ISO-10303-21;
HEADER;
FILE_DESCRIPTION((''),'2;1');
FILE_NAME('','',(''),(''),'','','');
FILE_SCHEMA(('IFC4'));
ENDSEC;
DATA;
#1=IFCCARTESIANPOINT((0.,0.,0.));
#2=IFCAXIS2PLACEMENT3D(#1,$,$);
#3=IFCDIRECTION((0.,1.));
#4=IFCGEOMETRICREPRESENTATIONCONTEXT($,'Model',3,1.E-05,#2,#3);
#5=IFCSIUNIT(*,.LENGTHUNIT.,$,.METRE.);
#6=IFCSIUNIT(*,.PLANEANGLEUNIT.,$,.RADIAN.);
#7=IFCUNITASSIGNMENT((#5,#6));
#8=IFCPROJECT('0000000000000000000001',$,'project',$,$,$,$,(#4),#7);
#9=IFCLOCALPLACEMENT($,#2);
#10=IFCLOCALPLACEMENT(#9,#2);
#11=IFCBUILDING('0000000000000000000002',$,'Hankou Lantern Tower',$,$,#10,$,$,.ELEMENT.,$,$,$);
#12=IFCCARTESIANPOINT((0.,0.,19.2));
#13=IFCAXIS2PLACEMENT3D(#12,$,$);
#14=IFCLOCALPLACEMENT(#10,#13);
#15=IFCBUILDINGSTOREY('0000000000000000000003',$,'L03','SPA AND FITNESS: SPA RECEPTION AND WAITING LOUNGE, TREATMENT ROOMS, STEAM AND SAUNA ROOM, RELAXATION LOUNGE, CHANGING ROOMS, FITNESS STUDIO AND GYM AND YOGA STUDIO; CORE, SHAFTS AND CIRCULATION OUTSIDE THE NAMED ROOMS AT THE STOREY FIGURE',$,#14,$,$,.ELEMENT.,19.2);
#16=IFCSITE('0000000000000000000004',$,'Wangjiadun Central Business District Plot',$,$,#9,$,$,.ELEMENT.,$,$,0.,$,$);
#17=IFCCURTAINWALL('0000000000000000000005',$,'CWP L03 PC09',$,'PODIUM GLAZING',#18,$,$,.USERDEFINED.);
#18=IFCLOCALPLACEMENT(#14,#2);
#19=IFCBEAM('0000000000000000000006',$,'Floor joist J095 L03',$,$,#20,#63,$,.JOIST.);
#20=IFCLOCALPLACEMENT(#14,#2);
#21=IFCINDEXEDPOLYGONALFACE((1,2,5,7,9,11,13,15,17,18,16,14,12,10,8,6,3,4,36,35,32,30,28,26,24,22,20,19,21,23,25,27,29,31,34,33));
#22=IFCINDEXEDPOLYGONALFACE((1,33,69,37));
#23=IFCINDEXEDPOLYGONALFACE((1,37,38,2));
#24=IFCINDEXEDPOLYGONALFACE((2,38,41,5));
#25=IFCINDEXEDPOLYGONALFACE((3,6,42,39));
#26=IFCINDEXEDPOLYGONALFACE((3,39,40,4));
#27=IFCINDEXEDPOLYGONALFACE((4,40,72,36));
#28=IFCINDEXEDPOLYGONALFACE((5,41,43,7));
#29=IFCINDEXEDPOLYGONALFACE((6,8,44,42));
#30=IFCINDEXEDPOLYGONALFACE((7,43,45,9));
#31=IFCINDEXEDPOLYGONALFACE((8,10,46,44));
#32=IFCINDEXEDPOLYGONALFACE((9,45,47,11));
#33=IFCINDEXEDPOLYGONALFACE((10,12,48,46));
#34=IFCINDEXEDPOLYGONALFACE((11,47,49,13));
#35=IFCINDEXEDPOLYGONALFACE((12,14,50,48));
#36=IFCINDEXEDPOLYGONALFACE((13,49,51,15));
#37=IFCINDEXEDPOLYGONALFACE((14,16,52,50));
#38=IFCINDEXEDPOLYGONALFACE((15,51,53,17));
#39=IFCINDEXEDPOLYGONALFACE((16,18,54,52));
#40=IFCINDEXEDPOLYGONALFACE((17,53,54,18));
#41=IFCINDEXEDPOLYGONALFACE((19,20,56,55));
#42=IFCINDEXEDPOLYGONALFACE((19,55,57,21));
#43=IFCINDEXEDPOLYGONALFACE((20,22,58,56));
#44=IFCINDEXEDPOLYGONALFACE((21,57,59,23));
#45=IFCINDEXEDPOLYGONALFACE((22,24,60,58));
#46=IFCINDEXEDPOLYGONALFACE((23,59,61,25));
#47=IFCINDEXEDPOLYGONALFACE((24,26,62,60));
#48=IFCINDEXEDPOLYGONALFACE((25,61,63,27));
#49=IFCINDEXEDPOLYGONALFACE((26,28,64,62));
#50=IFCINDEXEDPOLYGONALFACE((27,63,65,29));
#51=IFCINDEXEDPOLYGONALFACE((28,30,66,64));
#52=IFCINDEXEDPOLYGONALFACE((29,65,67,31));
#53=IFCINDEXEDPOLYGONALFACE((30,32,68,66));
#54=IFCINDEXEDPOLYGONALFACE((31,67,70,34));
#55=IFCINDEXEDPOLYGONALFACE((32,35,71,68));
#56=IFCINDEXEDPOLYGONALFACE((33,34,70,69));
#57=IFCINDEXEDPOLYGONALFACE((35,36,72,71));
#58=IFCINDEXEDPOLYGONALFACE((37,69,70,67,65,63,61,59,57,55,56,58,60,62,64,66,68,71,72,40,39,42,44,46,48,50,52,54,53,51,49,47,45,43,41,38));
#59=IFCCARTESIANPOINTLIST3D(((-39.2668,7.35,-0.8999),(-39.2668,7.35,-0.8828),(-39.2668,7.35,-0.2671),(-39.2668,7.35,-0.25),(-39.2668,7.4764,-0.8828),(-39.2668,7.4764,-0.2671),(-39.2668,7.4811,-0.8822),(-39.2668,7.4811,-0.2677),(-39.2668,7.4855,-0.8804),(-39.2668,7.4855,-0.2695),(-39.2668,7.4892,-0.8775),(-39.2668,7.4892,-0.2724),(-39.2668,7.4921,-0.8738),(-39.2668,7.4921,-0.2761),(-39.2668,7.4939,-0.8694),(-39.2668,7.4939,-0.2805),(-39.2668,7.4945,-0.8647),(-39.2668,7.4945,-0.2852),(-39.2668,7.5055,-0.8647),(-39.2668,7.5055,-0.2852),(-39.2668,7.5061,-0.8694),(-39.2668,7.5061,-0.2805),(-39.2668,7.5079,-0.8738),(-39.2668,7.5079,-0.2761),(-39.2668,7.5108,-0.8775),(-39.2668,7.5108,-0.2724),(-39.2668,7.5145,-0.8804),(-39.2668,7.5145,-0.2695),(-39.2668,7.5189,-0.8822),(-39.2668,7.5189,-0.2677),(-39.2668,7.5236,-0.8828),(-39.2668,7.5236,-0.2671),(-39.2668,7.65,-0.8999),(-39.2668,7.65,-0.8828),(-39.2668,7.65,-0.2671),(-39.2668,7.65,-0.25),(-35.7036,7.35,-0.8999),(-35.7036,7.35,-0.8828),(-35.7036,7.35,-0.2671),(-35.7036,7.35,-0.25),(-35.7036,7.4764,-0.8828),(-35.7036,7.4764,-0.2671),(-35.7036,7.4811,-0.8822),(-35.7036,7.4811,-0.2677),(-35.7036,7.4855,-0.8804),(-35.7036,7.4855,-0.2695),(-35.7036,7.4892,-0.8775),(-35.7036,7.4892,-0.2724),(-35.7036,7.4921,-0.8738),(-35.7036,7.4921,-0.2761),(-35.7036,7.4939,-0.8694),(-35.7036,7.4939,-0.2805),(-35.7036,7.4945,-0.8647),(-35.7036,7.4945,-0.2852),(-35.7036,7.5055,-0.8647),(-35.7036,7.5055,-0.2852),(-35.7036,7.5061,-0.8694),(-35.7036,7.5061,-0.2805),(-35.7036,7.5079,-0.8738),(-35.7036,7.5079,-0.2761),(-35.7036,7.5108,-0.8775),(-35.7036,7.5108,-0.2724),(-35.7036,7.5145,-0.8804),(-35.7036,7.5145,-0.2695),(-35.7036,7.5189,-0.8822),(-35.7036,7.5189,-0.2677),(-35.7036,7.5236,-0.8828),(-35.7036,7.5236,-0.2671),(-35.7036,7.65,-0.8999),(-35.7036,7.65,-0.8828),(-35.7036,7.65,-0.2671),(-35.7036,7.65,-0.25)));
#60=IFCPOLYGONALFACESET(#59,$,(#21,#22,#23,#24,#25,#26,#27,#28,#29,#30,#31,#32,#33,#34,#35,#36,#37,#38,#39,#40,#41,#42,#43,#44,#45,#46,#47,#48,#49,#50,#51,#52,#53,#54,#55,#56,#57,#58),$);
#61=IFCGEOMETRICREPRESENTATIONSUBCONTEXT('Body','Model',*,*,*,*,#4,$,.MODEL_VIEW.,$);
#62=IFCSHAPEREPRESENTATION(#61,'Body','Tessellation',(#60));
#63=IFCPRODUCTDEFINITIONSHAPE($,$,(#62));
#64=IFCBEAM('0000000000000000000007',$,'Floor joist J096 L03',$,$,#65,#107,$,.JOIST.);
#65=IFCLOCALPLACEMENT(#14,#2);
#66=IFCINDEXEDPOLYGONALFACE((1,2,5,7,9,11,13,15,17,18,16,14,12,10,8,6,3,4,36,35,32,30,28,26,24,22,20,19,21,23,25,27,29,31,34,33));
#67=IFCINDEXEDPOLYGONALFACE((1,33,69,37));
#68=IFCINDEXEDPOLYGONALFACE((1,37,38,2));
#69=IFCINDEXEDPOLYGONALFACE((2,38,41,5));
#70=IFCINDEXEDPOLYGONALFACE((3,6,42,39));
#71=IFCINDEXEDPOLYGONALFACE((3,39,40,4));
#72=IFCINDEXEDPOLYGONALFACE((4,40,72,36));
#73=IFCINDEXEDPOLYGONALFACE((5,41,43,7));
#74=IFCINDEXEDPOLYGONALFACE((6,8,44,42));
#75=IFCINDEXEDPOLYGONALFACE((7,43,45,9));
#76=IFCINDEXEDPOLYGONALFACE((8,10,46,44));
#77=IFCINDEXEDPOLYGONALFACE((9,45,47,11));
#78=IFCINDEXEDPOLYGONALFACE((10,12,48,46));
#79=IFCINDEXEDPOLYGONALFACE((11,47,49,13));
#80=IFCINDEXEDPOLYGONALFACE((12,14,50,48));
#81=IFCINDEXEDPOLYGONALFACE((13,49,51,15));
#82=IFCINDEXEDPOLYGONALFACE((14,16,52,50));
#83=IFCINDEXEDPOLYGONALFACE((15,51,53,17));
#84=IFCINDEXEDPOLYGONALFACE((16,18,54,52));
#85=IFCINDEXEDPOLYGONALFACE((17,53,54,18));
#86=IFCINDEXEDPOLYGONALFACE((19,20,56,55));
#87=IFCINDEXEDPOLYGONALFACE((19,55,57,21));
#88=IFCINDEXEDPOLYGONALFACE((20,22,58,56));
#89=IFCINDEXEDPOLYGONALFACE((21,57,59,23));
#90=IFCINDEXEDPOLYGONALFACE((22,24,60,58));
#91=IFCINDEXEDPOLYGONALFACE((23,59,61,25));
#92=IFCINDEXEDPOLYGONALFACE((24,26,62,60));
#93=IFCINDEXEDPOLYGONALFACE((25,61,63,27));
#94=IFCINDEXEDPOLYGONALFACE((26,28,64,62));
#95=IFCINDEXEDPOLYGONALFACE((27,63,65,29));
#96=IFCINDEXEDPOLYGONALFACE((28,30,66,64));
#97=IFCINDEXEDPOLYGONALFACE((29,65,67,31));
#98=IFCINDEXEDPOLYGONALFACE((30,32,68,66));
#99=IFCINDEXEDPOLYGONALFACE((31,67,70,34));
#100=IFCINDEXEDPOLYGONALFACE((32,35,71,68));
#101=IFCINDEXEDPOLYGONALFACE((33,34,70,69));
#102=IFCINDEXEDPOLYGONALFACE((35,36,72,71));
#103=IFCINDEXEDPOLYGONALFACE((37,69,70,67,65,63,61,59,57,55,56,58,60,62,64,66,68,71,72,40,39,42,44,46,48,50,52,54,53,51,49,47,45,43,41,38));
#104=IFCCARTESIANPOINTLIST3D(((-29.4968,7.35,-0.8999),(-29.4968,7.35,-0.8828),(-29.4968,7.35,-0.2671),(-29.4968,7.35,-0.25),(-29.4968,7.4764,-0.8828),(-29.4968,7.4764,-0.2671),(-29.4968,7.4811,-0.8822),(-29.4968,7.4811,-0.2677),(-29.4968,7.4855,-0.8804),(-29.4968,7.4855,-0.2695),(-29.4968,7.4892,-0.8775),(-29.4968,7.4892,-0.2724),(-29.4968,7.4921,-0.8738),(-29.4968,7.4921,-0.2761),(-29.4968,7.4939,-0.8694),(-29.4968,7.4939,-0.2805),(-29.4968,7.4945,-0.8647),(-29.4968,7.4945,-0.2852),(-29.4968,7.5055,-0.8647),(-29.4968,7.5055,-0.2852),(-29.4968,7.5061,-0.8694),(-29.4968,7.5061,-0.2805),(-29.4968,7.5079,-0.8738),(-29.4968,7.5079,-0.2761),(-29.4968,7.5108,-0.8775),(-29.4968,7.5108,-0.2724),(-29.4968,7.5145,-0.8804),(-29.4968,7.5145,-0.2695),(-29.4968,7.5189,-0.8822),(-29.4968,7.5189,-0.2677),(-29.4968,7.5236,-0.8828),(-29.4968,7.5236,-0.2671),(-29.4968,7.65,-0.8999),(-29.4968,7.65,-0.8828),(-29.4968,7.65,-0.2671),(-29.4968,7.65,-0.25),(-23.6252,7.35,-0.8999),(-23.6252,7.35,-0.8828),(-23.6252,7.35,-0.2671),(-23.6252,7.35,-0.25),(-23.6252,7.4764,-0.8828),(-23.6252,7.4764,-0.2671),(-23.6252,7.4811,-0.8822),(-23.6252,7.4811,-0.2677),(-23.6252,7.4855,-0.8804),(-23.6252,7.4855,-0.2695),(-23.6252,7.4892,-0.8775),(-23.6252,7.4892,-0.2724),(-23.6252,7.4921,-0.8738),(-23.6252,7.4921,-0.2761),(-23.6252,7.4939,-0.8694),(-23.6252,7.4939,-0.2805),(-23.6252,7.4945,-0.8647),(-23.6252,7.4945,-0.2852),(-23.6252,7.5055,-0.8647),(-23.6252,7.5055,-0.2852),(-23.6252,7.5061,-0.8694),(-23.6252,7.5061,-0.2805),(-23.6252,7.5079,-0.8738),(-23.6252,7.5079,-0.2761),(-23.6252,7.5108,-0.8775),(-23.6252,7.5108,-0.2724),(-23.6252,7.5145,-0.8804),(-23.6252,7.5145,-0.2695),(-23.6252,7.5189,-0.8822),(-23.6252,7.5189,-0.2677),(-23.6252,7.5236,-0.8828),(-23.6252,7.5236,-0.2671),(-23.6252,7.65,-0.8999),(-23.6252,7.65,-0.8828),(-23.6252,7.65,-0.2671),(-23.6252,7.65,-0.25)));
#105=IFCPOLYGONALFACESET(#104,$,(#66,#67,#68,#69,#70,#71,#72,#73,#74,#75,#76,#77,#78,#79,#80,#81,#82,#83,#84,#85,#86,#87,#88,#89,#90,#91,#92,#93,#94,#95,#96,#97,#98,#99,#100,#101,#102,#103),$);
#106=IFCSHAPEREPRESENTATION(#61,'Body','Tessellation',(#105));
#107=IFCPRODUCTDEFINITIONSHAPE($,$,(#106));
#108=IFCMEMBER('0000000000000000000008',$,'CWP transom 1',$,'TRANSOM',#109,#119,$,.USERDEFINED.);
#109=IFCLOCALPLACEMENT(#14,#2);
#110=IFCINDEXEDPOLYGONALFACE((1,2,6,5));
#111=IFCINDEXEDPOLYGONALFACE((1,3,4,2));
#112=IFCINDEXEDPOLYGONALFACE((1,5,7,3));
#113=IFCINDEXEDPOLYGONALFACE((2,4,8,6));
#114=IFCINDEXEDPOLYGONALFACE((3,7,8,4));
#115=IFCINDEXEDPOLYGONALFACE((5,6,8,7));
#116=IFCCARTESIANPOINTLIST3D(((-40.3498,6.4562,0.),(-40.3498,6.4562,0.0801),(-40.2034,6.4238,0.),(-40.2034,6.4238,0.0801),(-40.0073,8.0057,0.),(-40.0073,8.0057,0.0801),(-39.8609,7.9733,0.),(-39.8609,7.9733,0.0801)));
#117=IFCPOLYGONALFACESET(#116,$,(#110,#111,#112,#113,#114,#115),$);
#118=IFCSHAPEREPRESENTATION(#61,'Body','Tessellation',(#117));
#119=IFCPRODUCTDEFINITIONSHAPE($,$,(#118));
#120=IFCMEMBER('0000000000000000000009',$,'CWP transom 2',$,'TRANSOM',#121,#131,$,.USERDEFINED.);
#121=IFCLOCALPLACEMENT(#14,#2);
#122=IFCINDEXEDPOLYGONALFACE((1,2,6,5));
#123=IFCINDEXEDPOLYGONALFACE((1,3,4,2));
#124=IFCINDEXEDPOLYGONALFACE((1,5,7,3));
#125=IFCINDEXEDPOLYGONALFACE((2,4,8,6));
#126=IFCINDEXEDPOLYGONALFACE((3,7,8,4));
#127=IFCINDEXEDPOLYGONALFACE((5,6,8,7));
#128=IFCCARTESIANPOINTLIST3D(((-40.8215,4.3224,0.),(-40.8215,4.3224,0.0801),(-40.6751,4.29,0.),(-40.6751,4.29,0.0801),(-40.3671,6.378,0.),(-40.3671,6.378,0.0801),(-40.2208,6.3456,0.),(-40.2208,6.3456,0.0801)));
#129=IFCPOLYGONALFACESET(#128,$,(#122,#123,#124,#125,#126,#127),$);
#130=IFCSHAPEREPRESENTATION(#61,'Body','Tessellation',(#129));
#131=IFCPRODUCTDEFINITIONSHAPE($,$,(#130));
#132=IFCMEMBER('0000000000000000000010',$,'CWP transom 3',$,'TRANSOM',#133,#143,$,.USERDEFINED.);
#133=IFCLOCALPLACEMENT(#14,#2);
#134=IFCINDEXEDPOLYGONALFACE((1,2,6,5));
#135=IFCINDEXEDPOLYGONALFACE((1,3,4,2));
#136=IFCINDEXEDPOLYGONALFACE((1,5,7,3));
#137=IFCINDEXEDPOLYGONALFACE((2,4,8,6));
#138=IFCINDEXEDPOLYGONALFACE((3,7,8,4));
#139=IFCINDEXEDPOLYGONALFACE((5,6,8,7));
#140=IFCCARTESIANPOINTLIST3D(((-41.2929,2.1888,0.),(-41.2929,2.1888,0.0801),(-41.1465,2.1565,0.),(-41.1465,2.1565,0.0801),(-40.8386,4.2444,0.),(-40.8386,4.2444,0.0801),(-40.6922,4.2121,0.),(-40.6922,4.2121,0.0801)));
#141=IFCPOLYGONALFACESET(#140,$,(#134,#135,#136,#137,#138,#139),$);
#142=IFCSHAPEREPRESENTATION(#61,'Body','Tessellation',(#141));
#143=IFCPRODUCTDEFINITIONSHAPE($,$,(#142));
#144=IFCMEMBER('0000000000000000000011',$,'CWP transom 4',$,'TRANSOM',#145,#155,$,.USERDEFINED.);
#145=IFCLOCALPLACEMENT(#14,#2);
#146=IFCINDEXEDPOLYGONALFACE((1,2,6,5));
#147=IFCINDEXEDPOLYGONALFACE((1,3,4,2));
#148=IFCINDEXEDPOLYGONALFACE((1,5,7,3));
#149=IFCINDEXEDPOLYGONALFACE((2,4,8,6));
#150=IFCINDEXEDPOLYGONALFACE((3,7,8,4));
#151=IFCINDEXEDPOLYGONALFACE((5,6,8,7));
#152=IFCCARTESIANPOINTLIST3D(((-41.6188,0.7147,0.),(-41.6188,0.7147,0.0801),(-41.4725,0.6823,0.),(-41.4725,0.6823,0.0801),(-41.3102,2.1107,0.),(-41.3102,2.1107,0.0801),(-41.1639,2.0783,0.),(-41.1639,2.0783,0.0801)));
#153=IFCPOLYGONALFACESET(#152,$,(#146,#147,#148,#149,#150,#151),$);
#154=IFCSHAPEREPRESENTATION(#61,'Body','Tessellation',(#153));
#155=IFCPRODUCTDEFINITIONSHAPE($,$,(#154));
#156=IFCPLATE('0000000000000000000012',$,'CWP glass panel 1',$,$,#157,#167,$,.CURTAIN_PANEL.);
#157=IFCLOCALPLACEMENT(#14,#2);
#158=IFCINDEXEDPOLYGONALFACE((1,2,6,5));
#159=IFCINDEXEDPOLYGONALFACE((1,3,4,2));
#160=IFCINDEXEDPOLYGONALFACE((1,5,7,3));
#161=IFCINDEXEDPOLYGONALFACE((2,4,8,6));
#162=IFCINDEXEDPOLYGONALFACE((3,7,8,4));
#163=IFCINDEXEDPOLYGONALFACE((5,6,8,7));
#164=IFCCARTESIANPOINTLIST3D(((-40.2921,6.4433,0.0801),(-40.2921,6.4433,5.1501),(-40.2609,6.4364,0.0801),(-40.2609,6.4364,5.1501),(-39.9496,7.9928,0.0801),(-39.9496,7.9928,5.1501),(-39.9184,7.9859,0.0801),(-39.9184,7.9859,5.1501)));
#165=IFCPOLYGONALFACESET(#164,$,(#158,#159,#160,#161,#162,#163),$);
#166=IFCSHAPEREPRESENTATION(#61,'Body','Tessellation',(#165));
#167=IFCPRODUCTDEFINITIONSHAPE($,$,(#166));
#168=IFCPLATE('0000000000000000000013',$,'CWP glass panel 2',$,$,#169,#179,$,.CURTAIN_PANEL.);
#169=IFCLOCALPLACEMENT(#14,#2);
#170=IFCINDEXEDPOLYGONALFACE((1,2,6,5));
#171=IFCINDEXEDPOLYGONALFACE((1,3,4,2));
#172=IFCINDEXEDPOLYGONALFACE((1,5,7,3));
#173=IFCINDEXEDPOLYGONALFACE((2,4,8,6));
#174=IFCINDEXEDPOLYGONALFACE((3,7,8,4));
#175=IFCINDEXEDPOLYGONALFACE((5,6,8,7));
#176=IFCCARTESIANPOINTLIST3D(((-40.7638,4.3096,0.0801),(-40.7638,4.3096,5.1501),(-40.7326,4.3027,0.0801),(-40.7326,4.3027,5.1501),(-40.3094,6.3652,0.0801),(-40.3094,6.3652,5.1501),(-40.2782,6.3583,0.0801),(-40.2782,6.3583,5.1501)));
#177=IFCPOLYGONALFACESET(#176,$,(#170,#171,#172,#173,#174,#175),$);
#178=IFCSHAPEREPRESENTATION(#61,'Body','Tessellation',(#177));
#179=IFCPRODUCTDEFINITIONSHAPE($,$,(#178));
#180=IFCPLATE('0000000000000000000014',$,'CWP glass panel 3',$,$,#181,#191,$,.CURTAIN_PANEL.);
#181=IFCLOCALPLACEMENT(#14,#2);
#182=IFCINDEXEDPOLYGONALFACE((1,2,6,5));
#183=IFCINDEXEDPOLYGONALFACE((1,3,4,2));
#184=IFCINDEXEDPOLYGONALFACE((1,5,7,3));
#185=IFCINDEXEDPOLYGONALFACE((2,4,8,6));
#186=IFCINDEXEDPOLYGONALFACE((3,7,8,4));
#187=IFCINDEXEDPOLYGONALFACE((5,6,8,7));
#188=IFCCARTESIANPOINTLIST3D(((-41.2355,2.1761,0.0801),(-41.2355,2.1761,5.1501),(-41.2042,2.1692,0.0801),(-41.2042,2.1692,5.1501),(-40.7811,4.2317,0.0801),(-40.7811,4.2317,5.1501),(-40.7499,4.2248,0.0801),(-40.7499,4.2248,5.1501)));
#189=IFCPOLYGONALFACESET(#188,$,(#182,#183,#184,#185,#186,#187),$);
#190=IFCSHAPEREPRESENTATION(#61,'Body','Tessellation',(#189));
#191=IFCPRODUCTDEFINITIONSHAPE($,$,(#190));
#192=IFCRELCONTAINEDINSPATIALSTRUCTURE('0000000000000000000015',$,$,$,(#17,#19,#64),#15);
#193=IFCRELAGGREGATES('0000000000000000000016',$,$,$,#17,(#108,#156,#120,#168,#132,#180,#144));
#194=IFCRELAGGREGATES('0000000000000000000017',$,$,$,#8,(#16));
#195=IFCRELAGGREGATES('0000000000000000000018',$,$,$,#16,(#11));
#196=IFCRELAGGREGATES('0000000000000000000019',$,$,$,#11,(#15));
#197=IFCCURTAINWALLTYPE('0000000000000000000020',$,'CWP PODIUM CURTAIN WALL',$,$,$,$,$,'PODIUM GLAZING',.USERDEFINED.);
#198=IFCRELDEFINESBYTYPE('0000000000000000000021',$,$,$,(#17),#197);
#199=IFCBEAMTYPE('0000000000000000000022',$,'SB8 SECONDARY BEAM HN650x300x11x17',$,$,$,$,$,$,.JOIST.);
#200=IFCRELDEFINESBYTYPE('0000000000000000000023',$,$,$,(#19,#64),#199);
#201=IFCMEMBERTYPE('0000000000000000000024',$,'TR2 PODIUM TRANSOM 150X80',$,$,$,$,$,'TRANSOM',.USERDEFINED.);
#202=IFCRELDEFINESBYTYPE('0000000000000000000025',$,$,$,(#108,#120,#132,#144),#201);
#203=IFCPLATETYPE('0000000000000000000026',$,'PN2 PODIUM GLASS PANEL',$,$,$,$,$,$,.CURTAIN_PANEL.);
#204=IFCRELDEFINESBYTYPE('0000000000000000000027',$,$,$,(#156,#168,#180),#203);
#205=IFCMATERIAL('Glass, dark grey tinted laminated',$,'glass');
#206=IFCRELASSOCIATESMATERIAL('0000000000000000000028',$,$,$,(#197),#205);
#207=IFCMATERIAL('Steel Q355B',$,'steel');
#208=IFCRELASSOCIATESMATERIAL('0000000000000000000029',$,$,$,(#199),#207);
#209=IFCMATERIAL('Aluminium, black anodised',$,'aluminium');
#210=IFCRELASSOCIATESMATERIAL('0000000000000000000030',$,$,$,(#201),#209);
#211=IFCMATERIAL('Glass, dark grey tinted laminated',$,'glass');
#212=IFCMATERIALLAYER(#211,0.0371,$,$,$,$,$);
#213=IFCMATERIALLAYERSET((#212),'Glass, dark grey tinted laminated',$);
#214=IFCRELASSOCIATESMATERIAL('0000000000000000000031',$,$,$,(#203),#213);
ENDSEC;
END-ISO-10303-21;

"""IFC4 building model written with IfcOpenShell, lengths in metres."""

from ifc_helpers import new_model, si_unit, direction, frame, origin, origin_2d, place, context, subcontext, project, spatial, rectangle, i_section, extrude, material, layer, layer_set, material_profile, profile_set, type_object, element, aggregate, save


model = new_model("IFC4")

# Units and contexts
model_context = context("Model", 3, precision=1e-05, world=origin(), true_north=direction((0.0, 1.0)))
body_context = subcontext(model_context, "Body", "Model", "MODEL_VIEW")
ifc_project = project(units=[si_unit("LENGTHUNIT", "METRE"), si_unit("PLANEANGLEUNIT", "RADIAN")], contexts=[model_context])

# Site, building, storey
site_placement = place(None, origin())
site = spatial("IfcSite", under=ifc_project, at=site_placement, Name="Wangjiadun Central Business District Plot", CompositionType="ELEMENT", RefElevation=0.0)
building_placement = place(site_placement, origin())
building = spatial("IfcBuilding", under=site, at=building_placement, Name="Hankou Lantern Tower", CompositionType="ELEMENT")
storey_placement = place(building_placement, frame((0.0, 0.0, 19.2)))
storey = spatial("IfcBuildingStorey", under=building, at=storey_placement, Name="L03", Description="SPA AND FITNESS: SPA RECEPTION AND WAITING LOUNGE, TREATMENT ROOMS, STEAM AND SAUNA ROOM, RELAXATION LOUNGE, CHANGING ROOMS, FITNESS STUDIO AND GYM AND YOGA STUDIO; CORE, SHAFTS AND CIRCULATION OUTSIDE THE NAMED ROOMS AT THE STOREY FIGURE", CompositionType="ELEMENT", Elevation=19.2)

# Curtain wall
ifc_material_1 = material(Name="Glass, dark grey tinted laminated", Category="glass")
curtain_wall_type = type_object("IfcCurtainWallType", Name="CWP PODIUM CURTAIN WALL", ElementType="PODIUM GLAZING", PredefinedType="USERDEFINED", material=ifc_material_1)
curtain_wall_placement = place(storey_placement, origin())
curtain_wall = element("IfcCurtainWall", 1, at=curtain_wall_placement, inside=storey, type_object=curtain_wall_type, Name="CWP L03 PC09", ObjectType="PODIUM GLAZING", PredefinedType="USERDEFINED")

# Beams
ifc_material_2 = material(Name="Steel Q355B", Category="steel")
ifc_material_profile_1 = material_profile(ifc_material_2, i_section(OverallWidth=0.3, OverallDepth=0.6499, WebThickness=0.011, FlangeThickness=0.0171, FilletRadius=0.0181, at=origin_2d()), Name="HN650x300x11x17")
ifc_profile_set_1 = profile_set([ifc_material_profile_1], Name="Steel Q355B")
beam_type_1 = type_object("IfcBeamType", Name="SB8 SECONDARY BEAM HN650x300x11x17", PredefinedType="JOIST", material=ifc_profile_set_1)
beam_1_placement = place(storey_placement, frame((-39.2668, 7.5, -0.575), z_axis=(1.0, 0.0, 0.0), x_axis=(0.0, 1.0, 0.0)))
element("IfcBeam", 2, at=beam_1_placement, inside=storey, type_object=beam_type_1, Name="Floor joist J095 L03", PredefinedType="JOIST", context=body_context, shape_type="SweptSolid", body=[
    extrude(i_section(OverallWidth=0.3, OverallDepth=0.6499, WebThickness=0.011, FlangeThickness=0.0171, FilletRadius=0.0181, at=origin_2d()), origin(), (0.0, 0.0, 1.0), 3.5632),
])
beam_2_placement = place(storey_placement, frame((-29.4968, 7.5, -0.575), z_axis=(1.0, 0.0, 0.0), x_axis=(0.0, 1.0, 0.0)))
element("IfcBeam", 3, at=beam_2_placement, inside=storey, type_object=beam_type_1, Name="Floor joist J096 L03", PredefinedType="JOIST", context=body_context, shape_type="SweptSolid", body=[
    extrude(i_section(OverallWidth=0.3, OverallDepth=0.6499, WebThickness=0.011, FlangeThickness=0.0171, FilletRadius=0.0181, at=origin_2d()), origin(), (0.0, 0.0, 1.0), 5.8716),
])

# Members
ifc_material_3 = material(Name="Aluminium, black anodised", Category="aluminium")
ifc_material_profile_2 = material_profile(ifc_material_3, rectangle(XDim=0.1499, YDim=0.0801, at=origin_2d()), Name="TR2 150X80")
ifc_profile_set_2 = profile_set([ifc_material_profile_2], Name="Aluminium, black anodised")
member_type_1 = type_object("IfcMemberType", Name="TR2 PODIUM TRANSOM 150X80", ElementType="TRANSOM", PredefinedType="USERDEFINED", material=ifc_profile_set_2)
member_1_placement = place(storey_placement, frame((-39.9341, 7.9895, 0.04), z_axis=(-0.215839, -0.976429, 0.0), x_axis=(0.976429, -0.215839, 0.0)))
member_1 = element("IfcMember", 4, at=member_1_placement, type_object=member_type_1, Name="CWP transom 1", ObjectType="TRANSOM", PredefinedType="USERDEFINED", context=body_context, shape_type="SweptSolid", body=[
    extrude(rectangle(XDim=0.1499, YDim=0.0801, at=origin_2d()), origin(), (0.0, 0.0, 1.0), 1.5869),
])
member_2_placement = place(storey_placement, frame((-40.2939, 6.3618, 0.04), z_axis=(-0.215813, -0.976435, 0.0), x_axis=(0.976435, -0.215813, 0.0)))
member_2 = element("IfcMember", 5, at=member_2_placement, type_object=member_type_1, Name="CWP transom 2", ObjectType="TRANSOM", PredefinedType="USERDEFINED", context=body_context, shape_type="SweptSolid", body=[
    extrude(rectangle(XDim=0.1499, YDim=0.0801, at=origin_2d()), origin(), (0.0, 0.0, 1.0), 2.1052),
])
member_3_placement = place(storey_placement, frame((-40.7654, 4.2283, 0.04), z_axis=(-0.215813, -0.976435, 0.0), x_axis=(0.976435, -0.215813, 0.0)))
member_3 = element("IfcMember", 6, at=member_3_placement, type_object=member_type_1, Name="CWP transom 3", ObjectType="TRANSOM", PredefinedType="USERDEFINED", context=body_context, shape_type="SweptSolid", body=[
    extrude(rectangle(XDim=0.1499, YDim=0.0801, at=origin_2d()), origin(), (0.0, 0.0, 1.0), 2.1052),
])
member_4_placement = place(storey_placement, frame((-41.2371, 2.0945, 0.04), z_axis=(-0.215845, -0.976428, 0.0), x_axis=(0.976428, -0.215845, 0.0)))
member_4 = element("IfcMember", 7, at=member_4_placement, type_object=member_type_1, Name="CWP transom 4", ObjectType="TRANSOM", PredefinedType="USERDEFINED", context=body_context, shape_type="SweptSolid", body=[
    extrude(rectangle(XDim=0.1499, YDim=0.0801, at=origin_2d()), origin(), (0.0, 0.0, 1.0), 1.4297),
])

# Plates
ifc_material_4 = material(Name="Glass, dark grey tinted laminated", Category="glass")
ifc_layer_1 = layer(ifc_material_4, 0.0371)
ifc_layer_set_1 = layer_set([ifc_layer_1], Name="Glass, dark grey tinted laminated")
plate_type = type_object("IfcPlateType", Name="PN2 PODIUM GLASS PANEL", PredefinedType="CURTAIN_PANEL", material=ifc_layer_set_1)
plate_1_placement = place(storey_placement, frame((-40.1052, 7.2146, 0.0801), z_axis=(0.0, 0.0, 1.0), x_axis=(-0.215821, -0.976433, 0.0)))
plate_1 = element("IfcPlate", 8, at=plate_1_placement, type_object=plate_type, Name="CWP glass panel 1", PredefinedType="CURTAIN_PANEL", context=body_context, shape_type="SweptSolid", body=[
    extrude(rectangle(XDim=1.5869, YDim=0.032, at=origin_2d()), origin(), (0.0, 0.0, 1.0), 5.0701),
])
plate_2_placement = place(storey_placement, frame((-40.521, 5.334, 0.0801), z_axis=(0.0, 0.0, 1.0), x_axis=(-0.215821, -0.976433, 0.0)))
plate_2 = element("IfcPlate", 9, at=plate_2_placement, type_object=plate_type, Name="CWP glass panel 2", PredefinedType="CURTAIN_PANEL", context=body_context, shape_type="SweptSolid", body=[
    extrude(rectangle(XDim=2.1052, YDim=0.032, at=origin_2d()), origin(), (0.0, 0.0, 1.0), 5.0701),
])
plate_3_placement = place(storey_placement, frame((-40.9927, 3.2004, 0.0801), z_axis=(0.0, 0.0, 1.0), x_axis=(-0.215821, -0.976433, 0.0)))
plate_3 = element("IfcPlate", 10, at=plate_3_placement, type_object=plate_type, Name="CWP glass panel 3", PredefinedType="CURTAIN_PANEL", context=body_context, shape_type="SweptSolid", body=[
    extrude(rectangle(XDim=2.1052, YDim=0.032, at=origin_2d()), origin(), (0.0, 0.0, 1.0), 5.0701),
])
aggregate(curtain_wall, [member_1, plate_1, member_2, plate_2, member_3, plate_3, member_4])

save(model, "model.ifc")
